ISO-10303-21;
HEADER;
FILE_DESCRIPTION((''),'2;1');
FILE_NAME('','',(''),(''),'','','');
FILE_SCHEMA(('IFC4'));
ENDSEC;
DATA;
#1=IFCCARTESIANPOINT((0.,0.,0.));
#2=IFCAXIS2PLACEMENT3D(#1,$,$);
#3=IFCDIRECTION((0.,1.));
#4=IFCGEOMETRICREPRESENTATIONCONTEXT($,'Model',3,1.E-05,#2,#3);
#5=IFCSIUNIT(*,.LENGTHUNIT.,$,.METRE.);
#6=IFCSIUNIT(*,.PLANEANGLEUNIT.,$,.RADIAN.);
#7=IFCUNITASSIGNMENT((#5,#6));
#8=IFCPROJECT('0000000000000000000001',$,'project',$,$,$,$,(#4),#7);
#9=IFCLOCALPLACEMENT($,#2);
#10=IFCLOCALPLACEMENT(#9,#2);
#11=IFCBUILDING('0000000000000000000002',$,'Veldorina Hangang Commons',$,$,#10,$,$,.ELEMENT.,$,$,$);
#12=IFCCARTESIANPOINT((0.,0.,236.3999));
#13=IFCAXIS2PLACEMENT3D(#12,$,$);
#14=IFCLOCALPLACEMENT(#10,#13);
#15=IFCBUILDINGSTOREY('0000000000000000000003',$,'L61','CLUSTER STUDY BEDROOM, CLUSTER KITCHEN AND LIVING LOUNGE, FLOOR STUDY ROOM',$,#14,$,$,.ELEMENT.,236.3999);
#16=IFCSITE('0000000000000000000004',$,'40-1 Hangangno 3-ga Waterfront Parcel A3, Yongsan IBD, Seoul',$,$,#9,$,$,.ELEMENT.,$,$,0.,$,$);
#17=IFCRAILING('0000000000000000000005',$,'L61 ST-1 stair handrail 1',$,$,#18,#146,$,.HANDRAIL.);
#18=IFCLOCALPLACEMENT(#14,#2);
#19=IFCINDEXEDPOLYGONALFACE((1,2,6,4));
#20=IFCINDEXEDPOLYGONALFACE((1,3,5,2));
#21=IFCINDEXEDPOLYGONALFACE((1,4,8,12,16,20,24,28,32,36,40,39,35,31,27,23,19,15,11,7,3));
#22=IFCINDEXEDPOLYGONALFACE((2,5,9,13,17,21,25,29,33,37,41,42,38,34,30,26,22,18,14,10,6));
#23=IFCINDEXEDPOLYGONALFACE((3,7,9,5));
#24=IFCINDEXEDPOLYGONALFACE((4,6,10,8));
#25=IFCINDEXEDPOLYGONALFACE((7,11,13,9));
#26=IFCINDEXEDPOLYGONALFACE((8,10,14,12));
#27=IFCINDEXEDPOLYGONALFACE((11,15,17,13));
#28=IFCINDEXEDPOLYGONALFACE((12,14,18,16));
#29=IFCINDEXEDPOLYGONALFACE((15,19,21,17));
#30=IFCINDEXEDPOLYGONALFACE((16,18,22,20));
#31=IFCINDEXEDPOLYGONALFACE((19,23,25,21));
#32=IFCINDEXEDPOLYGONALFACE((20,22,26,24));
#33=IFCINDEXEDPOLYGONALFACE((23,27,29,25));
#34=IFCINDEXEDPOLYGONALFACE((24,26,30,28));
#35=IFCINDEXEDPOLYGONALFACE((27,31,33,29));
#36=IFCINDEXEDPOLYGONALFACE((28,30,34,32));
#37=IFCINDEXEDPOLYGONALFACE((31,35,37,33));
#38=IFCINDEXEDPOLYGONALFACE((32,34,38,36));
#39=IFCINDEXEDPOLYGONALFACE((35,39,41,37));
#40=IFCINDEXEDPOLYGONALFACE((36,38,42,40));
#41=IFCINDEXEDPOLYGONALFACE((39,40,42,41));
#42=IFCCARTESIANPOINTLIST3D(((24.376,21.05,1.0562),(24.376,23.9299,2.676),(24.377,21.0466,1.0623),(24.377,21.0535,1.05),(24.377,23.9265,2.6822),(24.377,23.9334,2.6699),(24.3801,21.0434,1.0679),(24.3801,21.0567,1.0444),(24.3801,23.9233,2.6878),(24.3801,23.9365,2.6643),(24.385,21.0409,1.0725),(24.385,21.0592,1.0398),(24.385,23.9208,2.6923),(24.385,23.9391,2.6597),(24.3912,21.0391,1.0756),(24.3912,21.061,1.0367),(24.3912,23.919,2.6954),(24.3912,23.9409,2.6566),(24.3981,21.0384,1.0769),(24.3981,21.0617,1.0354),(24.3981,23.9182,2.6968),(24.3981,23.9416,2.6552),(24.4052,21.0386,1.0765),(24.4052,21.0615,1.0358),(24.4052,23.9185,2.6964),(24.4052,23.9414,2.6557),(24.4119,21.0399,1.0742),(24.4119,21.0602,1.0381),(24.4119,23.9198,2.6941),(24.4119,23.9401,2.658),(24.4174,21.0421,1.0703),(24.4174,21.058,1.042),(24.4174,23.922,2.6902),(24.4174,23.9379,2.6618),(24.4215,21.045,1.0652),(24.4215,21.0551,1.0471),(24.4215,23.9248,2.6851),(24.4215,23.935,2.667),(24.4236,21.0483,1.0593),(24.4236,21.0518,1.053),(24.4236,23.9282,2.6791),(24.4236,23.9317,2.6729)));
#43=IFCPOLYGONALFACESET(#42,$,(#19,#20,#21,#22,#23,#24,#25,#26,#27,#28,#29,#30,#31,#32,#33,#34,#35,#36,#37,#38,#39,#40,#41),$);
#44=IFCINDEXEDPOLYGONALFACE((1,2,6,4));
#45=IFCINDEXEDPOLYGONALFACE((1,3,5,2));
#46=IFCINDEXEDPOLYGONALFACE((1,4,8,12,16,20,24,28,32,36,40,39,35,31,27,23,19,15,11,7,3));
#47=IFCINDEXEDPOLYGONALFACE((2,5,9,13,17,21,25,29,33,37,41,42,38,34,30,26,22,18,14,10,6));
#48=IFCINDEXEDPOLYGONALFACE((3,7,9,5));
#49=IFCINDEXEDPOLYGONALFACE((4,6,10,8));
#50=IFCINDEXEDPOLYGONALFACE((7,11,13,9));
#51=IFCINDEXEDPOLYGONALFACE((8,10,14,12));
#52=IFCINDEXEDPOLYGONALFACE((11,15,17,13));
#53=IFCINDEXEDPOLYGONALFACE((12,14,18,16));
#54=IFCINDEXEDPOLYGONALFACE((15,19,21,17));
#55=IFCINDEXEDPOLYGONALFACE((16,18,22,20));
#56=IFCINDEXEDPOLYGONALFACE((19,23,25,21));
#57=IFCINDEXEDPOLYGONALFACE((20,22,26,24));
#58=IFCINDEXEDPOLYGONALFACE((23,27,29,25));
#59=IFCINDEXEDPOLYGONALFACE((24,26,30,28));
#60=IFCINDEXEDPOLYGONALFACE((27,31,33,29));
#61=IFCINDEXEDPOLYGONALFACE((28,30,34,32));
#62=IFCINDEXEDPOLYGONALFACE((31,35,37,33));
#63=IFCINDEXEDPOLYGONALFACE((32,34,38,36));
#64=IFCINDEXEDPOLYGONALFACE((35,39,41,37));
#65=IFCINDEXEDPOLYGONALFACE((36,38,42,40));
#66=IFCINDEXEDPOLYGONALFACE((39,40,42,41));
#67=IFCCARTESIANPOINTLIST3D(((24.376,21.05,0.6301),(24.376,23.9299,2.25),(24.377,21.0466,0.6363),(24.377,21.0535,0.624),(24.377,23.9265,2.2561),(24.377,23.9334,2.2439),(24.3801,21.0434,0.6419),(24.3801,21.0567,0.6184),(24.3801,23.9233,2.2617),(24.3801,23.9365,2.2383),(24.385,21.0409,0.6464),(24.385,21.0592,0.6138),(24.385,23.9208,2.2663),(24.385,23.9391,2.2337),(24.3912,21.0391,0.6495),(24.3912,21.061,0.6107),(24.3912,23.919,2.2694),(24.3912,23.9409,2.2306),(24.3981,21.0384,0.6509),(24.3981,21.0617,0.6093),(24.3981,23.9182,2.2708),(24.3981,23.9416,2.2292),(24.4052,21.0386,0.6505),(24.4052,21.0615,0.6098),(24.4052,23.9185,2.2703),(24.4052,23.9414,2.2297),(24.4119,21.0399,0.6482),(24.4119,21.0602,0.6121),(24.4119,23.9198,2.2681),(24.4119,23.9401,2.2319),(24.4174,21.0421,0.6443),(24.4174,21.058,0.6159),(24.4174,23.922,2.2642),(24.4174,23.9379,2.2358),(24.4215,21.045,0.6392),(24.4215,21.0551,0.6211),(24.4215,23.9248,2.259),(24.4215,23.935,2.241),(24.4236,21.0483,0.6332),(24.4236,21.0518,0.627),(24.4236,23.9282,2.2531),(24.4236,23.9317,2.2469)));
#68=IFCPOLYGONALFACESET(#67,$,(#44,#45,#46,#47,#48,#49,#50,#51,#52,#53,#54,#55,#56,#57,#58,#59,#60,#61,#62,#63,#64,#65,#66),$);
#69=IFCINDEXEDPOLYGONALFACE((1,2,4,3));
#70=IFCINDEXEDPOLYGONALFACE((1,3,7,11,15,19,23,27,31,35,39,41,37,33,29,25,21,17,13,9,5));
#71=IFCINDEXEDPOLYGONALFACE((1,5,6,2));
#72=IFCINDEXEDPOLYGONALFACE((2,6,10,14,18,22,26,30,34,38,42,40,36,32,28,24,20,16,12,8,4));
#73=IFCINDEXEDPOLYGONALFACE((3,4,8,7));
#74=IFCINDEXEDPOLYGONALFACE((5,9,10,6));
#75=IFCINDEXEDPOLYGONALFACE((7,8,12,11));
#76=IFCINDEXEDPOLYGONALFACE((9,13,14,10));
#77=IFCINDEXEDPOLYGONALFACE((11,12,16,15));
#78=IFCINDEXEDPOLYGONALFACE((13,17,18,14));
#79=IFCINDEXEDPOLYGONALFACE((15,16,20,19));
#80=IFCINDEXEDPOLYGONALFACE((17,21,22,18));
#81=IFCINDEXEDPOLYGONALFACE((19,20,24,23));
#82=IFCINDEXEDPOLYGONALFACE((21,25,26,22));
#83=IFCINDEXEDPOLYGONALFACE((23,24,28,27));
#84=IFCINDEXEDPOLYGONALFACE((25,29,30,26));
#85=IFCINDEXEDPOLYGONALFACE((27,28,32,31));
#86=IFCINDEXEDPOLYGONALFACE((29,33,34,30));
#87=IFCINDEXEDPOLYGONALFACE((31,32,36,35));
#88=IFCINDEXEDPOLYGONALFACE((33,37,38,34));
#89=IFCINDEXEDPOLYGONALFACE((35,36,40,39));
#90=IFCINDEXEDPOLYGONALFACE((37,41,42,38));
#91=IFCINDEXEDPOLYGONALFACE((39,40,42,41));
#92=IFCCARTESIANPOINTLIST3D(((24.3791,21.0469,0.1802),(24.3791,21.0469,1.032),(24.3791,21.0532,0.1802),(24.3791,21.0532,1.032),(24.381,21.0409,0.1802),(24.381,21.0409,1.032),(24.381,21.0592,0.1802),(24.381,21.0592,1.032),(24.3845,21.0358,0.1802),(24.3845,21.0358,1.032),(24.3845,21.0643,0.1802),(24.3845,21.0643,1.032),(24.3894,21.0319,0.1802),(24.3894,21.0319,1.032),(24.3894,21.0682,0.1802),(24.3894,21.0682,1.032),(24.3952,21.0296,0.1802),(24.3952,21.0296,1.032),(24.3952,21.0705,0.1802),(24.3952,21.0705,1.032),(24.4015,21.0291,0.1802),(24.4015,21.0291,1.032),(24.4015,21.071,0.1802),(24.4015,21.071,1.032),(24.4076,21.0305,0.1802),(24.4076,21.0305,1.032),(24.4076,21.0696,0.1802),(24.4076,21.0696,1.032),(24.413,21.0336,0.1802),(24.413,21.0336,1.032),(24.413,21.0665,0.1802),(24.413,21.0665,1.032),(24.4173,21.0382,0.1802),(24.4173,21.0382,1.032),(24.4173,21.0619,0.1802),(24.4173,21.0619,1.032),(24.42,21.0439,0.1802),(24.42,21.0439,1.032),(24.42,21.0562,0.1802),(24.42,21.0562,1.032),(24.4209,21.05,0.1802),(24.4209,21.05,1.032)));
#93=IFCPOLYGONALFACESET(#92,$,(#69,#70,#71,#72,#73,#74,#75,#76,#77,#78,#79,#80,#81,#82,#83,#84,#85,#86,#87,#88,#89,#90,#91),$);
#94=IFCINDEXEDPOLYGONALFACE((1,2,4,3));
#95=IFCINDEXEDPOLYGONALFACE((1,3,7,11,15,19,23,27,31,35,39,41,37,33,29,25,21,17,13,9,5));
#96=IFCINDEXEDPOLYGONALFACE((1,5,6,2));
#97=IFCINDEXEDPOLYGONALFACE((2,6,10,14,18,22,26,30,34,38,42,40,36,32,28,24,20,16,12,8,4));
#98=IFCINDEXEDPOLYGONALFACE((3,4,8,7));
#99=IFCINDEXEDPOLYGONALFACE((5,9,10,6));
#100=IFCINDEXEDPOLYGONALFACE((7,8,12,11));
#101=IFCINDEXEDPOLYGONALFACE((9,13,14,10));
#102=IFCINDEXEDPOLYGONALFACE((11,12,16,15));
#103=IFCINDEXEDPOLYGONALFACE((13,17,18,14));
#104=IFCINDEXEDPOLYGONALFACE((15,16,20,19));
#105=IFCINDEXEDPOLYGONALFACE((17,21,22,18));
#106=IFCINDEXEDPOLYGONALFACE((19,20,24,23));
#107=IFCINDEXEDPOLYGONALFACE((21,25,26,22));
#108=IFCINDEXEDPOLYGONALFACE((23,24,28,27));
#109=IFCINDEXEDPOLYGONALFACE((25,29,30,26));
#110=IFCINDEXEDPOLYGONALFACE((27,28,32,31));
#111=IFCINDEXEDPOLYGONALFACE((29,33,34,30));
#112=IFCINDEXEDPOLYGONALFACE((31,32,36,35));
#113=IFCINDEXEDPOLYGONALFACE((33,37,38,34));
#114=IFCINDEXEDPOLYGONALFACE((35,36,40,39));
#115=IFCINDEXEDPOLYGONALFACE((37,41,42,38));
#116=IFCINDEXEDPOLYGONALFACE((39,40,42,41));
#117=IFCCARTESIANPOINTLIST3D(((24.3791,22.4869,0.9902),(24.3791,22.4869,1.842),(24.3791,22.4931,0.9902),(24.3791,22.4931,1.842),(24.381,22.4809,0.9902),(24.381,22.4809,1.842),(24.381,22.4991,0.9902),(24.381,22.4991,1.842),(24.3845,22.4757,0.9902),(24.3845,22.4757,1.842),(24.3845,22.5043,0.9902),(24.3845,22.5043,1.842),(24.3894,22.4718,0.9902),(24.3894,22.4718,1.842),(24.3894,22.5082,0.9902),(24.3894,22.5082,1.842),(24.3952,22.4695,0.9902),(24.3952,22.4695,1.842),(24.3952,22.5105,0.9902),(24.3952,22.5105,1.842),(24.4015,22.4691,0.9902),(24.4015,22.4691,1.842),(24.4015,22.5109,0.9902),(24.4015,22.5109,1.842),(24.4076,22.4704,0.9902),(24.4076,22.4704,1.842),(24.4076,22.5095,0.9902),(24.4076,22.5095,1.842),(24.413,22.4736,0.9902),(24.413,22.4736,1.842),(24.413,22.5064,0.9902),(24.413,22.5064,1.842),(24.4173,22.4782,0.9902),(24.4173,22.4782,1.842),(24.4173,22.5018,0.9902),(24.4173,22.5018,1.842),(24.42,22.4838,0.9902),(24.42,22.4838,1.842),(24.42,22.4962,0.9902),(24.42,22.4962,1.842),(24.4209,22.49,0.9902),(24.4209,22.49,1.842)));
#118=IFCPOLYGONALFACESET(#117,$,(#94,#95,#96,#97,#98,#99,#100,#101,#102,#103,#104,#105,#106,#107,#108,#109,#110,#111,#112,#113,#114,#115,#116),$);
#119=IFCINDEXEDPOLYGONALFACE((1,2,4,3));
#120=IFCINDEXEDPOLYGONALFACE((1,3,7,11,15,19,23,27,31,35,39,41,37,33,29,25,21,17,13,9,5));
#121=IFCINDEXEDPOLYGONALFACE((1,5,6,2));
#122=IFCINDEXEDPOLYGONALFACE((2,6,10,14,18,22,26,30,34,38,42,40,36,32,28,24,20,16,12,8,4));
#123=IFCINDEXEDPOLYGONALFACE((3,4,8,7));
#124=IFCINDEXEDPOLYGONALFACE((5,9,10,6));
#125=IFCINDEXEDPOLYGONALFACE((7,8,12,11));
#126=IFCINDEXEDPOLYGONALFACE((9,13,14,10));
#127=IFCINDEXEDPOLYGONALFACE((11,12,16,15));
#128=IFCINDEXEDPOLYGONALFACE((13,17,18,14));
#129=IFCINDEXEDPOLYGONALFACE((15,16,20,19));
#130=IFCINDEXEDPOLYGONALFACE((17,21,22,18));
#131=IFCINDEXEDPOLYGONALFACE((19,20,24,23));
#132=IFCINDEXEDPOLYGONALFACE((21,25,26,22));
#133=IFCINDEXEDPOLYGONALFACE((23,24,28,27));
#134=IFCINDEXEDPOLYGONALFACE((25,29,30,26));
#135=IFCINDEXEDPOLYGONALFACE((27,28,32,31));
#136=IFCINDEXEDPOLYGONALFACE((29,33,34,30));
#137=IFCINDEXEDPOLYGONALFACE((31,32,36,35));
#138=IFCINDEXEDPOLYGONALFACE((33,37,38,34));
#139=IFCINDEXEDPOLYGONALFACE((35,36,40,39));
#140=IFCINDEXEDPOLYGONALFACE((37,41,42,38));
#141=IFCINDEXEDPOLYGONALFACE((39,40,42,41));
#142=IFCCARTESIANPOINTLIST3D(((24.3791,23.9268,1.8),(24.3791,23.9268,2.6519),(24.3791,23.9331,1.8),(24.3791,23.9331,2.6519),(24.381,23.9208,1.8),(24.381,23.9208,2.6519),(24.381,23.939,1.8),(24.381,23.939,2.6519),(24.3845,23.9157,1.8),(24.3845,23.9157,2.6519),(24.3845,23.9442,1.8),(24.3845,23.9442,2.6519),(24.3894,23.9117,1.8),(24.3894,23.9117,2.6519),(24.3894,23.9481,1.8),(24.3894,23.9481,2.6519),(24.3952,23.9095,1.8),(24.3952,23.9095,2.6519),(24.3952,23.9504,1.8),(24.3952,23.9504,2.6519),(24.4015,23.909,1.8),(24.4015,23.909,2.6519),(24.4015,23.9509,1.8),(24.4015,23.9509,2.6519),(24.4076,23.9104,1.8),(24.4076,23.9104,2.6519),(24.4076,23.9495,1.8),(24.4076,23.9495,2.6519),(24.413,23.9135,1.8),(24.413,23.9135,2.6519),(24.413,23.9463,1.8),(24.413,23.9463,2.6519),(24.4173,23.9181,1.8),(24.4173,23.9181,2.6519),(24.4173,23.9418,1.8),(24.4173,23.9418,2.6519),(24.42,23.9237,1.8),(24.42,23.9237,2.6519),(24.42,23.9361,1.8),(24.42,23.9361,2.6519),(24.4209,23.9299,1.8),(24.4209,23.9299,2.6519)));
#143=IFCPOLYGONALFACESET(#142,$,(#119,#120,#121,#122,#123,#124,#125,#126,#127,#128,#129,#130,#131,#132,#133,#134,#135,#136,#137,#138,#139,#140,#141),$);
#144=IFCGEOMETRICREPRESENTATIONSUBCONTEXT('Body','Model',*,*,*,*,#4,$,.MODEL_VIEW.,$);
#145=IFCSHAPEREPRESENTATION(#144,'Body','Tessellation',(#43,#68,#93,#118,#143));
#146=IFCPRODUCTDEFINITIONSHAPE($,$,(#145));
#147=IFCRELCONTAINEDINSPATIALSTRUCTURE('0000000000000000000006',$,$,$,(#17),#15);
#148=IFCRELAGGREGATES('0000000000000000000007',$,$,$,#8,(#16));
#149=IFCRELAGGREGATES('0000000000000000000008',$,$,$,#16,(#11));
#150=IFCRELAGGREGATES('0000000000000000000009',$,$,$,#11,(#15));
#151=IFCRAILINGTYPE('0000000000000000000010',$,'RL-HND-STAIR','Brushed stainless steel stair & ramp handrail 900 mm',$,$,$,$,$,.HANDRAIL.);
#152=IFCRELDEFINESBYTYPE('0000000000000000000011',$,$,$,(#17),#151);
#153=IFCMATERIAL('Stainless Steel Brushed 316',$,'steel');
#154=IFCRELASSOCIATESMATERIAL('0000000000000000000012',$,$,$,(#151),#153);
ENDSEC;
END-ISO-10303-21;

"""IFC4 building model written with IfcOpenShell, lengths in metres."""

from ifc_helpers import new_model, si_unit, direction, frame, origin, origin_2d, place, context, subcontext, project, spatial, circle, extrude, material, type_object, element, save


model = new_model("IFC4")

# Units and contexts
model_context = context("Model", 3, precision=1e-05, world=origin(), true_north=direction((0.0, 1.0)))
body_context = subcontext(model_context, "Body", "Model", "MODEL_VIEW")
ifc_project = project(units=[si_unit("LENGTHUNIT", "METRE"), si_unit("PLANEANGLEUNIT", "RADIAN")], contexts=[model_context])

# Site, building, storey
site_placement = place(None, origin())
site = spatial("IfcSite", under=ifc_project, at=site_placement, Name="40-1 Hangangno 3-ga Waterfront Parcel A3, Yongsan IBD, Seoul", CompositionType="ELEMENT", RefElevation=0.0)
building_placement = place(site_placement, origin())
building = spatial("IfcBuilding", under=site, at=building_placement, Name="Veldorina Hangang Commons", CompositionType="ELEMENT")
storey_placement = place(building_placement, frame((0.0, 0.0, 236.3999)))
storey = spatial("IfcBuildingStorey", under=building, at=storey_placement, Name="L61", Description="CLUSTER STUDY BEDROOM, CLUSTER KITCHEN AND LIVING LOUNGE, FLOOR STUDY ROOM", CompositionType="ELEMENT", Elevation=236.3999)

# Railing
ifc_material_1 = material(Name="Stainless Steel Brushed 316", Category="steel")
railing_type_1 = type_object("IfcRailingType", Name="RL-HND-STAIR", Description="Brushed stainless steel stair & ramp handrail 900 mm", PredefinedType="HANDRAIL", material=ifc_material_1)
railing_1_placement = place(storey_placement, frame((24.3999, 21.05, 0.1802)))
element("IfcRailing", 1, at=railing_1_placement, inside=storey, type_object=railing_type_1, Name="L61 ST-1 stair handrail 1", PredefinedType="HANDRAIL", context=body_context, shape_type="SweptSolid", body=[
    extrude(circle(Radius=0.0239, at=origin_2d()), frame((0.0, 0.0, 0.876), z_axis=(0.0, 0.871583, 0.490247), x_axis=(-1.0, 0.0, 0.0)), (0.0, 0.0, 1.0), 3.3042),
    extrude(circle(Radius=0.0239, at=origin_2d()), frame((0.0, 0.0, 0.45), z_axis=(0.0, 0.871583, 0.490247), x_axis=(-1.0, 0.0, 0.0)), (0.0, 0.0, 1.0), 3.3042),
    extrude(circle(Radius=0.021, at=origin_2d()), origin(), (0.0, 0.0, 1.0), 0.8518),
    extrude(circle(Radius=0.021, at=origin_2d()), frame((0.0, 1.4399, 0.8101)), (0.0, 0.0, 1.0), 0.8518),
    extrude(circle(Radius=0.021, at=origin_2d()), frame((0.0, 2.8799, 1.6199)), (0.0, 0.0, 1.0), 0.8518),
])

save(model, "model.ifc")
